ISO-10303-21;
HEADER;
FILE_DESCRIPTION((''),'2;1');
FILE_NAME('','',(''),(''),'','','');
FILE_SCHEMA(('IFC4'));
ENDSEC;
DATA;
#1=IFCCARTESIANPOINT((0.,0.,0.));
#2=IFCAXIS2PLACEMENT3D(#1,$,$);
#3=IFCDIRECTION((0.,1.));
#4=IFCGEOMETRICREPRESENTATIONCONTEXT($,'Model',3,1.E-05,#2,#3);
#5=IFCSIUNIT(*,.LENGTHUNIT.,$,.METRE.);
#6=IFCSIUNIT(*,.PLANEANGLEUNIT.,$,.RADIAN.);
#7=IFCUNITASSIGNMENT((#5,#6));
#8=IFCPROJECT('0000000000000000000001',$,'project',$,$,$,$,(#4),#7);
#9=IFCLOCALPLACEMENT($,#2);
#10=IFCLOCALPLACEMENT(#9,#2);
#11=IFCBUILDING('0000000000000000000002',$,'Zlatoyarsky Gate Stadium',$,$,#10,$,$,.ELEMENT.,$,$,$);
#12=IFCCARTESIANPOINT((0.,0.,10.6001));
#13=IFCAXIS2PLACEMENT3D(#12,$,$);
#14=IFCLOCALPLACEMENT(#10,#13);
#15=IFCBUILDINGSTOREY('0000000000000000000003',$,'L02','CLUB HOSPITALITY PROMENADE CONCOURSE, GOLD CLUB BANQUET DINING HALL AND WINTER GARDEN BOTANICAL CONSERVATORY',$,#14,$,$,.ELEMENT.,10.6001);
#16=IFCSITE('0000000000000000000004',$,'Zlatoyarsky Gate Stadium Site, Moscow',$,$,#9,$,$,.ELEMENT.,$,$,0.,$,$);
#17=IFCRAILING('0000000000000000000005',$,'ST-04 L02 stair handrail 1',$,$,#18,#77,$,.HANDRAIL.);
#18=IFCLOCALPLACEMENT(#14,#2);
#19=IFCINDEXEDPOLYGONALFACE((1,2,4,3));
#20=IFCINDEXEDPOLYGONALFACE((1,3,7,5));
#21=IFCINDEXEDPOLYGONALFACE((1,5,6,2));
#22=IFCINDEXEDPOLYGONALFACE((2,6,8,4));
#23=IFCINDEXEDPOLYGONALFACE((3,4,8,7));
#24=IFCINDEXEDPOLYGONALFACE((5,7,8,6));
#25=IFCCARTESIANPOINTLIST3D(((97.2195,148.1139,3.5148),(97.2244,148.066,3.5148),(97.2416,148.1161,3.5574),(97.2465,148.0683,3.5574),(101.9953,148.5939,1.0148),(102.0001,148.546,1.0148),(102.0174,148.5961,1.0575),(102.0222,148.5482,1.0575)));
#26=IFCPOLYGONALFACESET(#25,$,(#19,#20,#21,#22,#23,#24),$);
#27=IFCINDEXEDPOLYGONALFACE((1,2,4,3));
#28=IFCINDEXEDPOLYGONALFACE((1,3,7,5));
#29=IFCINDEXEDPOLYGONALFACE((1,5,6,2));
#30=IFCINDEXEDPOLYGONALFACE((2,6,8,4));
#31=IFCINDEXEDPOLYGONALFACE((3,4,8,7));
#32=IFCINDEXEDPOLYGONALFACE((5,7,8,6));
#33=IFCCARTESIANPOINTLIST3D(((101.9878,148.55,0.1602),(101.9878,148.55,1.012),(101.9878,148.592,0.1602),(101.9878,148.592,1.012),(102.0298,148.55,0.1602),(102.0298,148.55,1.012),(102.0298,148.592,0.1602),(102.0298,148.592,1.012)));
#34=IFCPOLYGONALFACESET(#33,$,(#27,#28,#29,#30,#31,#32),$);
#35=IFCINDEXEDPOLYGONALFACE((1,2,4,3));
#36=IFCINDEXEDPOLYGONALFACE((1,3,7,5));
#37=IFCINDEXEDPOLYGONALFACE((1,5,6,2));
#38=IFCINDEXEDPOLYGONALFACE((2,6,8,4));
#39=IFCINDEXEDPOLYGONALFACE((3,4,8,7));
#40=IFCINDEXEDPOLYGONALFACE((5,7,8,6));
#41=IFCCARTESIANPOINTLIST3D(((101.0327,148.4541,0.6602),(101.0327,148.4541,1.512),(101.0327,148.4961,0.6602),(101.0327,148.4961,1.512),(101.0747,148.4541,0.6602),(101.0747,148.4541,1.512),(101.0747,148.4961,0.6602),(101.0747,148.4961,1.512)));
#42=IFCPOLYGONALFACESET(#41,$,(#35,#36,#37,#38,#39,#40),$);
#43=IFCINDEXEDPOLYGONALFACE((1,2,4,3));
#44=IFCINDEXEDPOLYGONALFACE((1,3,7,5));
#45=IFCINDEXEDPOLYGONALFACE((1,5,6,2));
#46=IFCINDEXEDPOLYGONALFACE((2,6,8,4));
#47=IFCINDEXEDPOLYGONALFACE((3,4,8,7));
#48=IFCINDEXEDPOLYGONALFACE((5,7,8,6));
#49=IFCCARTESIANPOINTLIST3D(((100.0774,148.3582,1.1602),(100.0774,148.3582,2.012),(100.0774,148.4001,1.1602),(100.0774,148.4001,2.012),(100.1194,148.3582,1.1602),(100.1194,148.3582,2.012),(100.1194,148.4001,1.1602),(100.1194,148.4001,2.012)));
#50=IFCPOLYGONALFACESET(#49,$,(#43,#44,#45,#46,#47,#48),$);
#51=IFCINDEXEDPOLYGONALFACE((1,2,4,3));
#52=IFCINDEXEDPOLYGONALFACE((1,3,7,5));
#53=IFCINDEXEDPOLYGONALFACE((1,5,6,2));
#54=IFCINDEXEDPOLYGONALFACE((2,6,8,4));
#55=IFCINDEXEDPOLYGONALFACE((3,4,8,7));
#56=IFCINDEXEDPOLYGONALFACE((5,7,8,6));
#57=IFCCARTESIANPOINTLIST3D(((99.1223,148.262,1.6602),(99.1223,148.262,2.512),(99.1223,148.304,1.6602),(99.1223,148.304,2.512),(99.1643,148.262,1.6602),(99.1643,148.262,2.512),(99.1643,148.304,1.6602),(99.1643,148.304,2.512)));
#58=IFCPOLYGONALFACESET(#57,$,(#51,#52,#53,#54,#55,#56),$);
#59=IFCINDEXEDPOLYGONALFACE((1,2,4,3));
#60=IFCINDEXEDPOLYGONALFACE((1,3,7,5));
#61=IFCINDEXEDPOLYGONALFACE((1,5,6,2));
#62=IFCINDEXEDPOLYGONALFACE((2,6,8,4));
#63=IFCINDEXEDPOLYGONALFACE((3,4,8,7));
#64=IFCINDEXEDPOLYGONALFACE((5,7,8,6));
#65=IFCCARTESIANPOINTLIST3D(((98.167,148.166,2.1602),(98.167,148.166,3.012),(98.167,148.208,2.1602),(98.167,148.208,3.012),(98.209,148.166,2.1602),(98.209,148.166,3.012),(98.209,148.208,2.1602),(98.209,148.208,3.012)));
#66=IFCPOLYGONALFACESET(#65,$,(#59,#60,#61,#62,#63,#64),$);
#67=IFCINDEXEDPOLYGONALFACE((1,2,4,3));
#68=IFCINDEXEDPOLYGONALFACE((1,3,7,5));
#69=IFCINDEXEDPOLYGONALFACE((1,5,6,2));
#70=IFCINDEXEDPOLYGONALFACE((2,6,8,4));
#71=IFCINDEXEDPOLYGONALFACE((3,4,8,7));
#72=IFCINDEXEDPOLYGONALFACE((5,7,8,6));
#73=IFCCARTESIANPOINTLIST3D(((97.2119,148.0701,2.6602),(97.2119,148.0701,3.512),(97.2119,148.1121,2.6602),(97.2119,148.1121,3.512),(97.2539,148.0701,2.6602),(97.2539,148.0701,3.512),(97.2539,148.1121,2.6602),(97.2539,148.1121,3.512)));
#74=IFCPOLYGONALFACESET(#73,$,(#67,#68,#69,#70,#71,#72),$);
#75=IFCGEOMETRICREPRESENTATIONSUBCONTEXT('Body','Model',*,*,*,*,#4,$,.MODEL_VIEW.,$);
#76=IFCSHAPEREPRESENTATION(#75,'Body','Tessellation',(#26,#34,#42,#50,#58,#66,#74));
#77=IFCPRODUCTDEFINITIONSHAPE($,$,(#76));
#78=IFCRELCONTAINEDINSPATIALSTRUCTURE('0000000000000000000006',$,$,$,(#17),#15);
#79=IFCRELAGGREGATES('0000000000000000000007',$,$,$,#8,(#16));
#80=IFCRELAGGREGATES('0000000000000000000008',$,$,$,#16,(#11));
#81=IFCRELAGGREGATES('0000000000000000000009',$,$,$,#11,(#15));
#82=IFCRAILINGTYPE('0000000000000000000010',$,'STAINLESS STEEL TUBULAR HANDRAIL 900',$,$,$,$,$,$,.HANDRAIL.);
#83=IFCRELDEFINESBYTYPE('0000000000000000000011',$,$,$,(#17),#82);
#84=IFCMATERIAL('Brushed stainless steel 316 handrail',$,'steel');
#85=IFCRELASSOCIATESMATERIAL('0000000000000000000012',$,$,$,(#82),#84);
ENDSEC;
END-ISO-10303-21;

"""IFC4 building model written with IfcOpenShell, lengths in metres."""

from ifc_helpers import new_model, si_unit, direction, frame, origin, origin_2d, place, context, subcontext, project, spatial, rectangle, extrude, material, type_object, element, save


model = new_model("IFC4")

# Units and contexts
model_context = context("Model", 3, precision=1e-05, world=origin(), true_north=direction((0.0, 1.0)))
body_context = subcontext(model_context, "Body", "Model", "MODEL_VIEW")
ifc_project = project(units=[si_unit("LENGTHUNIT", "METRE"), si_unit("PLANEANGLEUNIT", "RADIAN")], contexts=[model_context])

# Site, building, storey
site_placement = place(None, origin())
site = spatial("IfcSite", under=ifc_project, at=site_placement, Name="Zlatoyarsky Gate Stadium Site, Moscow", CompositionType="ELEMENT", RefElevation=0.0)
building_placement = place(site_placement, origin())
building = spatial("IfcBuilding", under=site, at=building_placement, Name="Zlatoyarsky Gate Stadium", CompositionType="ELEMENT")
storey_placement = place(building_placement, frame((0.0, 0.0, 10.6001)))
storey = spatial("IfcBuildingStorey", under=building, at=storey_placement, Name="L02", Description="CLUB HOSPITALITY PROMENADE CONCOURSE, GOLD CLUB BANQUET DINING HALL AND WINTER GARDEN BOTANICAL CONSERVATORY", CompositionType="ELEMENT", Elevation=10.6001)

# Railing
ifc_material_1 = material(Name="Brushed stainless steel 316 handrail", Category="steel")
railing_type = type_object("IfcRailingType", Name="STAINLESS STEEL TUBULAR HANDRAIL 900", PredefinedType="HANDRAIL", material=ifc_material_1)
railing_placement = place(storey_placement, frame((102.0088, 148.571, 0.1602)))
element("IfcRailing", 1, at=railing_placement, inside=storey, type_object=railing_type, Name="ST-04 L02 stair handrail 1", PredefinedType="HANDRAIL", context=body_context, shape_type="SweptSolid", body=[
    extrude(rectangle(XDim=0.0481, YDim=0.0481, at=origin_2d()), frame((0.0, 0.0, 0.876), z_axis=(-0.882466, -0.088689, 0.461939), x_axis=(0.099997, -0.994988, 0.0)), (0.0, 0.0, 1.0), 5.4119),
    extrude(rectangle(XDim=0.042, YDim=0.042, at=origin_2d()), origin(), (0.0, 0.0, 1.0), 0.8518),
    extrude(rectangle(XDim=0.042, YDim=0.042, at=origin_2d()), frame((-0.9551, -0.0959, 0.5)), (0.0, 0.0, 1.0), 0.8518),
    extrude(rectangle(XDim=0.042, YDim=0.042, at=origin_2d()), frame((-1.9104, -0.1919, 1.0)), (0.0, 0.0, 1.0), 0.8518),
    extrude(rectangle(XDim=0.042, YDim=0.042, at=origin_2d()), frame((-2.8655, -0.2881, 1.5)), (0.0, 0.0, 1.0), 0.8518),
    extrude(rectangle(XDim=0.042, YDim=0.042, at=origin_2d()), frame((-3.8208, -0.384, 2.0)), (0.0, 0.0, 1.0), 0.8518),
    extrude(rectangle(XDim=0.042, YDim=0.042, at=origin_2d()), frame((-4.7759, -0.48, 2.5)), (0.0, 0.0, 1.0), 0.8518),
])

save(model, "model.ifc")
